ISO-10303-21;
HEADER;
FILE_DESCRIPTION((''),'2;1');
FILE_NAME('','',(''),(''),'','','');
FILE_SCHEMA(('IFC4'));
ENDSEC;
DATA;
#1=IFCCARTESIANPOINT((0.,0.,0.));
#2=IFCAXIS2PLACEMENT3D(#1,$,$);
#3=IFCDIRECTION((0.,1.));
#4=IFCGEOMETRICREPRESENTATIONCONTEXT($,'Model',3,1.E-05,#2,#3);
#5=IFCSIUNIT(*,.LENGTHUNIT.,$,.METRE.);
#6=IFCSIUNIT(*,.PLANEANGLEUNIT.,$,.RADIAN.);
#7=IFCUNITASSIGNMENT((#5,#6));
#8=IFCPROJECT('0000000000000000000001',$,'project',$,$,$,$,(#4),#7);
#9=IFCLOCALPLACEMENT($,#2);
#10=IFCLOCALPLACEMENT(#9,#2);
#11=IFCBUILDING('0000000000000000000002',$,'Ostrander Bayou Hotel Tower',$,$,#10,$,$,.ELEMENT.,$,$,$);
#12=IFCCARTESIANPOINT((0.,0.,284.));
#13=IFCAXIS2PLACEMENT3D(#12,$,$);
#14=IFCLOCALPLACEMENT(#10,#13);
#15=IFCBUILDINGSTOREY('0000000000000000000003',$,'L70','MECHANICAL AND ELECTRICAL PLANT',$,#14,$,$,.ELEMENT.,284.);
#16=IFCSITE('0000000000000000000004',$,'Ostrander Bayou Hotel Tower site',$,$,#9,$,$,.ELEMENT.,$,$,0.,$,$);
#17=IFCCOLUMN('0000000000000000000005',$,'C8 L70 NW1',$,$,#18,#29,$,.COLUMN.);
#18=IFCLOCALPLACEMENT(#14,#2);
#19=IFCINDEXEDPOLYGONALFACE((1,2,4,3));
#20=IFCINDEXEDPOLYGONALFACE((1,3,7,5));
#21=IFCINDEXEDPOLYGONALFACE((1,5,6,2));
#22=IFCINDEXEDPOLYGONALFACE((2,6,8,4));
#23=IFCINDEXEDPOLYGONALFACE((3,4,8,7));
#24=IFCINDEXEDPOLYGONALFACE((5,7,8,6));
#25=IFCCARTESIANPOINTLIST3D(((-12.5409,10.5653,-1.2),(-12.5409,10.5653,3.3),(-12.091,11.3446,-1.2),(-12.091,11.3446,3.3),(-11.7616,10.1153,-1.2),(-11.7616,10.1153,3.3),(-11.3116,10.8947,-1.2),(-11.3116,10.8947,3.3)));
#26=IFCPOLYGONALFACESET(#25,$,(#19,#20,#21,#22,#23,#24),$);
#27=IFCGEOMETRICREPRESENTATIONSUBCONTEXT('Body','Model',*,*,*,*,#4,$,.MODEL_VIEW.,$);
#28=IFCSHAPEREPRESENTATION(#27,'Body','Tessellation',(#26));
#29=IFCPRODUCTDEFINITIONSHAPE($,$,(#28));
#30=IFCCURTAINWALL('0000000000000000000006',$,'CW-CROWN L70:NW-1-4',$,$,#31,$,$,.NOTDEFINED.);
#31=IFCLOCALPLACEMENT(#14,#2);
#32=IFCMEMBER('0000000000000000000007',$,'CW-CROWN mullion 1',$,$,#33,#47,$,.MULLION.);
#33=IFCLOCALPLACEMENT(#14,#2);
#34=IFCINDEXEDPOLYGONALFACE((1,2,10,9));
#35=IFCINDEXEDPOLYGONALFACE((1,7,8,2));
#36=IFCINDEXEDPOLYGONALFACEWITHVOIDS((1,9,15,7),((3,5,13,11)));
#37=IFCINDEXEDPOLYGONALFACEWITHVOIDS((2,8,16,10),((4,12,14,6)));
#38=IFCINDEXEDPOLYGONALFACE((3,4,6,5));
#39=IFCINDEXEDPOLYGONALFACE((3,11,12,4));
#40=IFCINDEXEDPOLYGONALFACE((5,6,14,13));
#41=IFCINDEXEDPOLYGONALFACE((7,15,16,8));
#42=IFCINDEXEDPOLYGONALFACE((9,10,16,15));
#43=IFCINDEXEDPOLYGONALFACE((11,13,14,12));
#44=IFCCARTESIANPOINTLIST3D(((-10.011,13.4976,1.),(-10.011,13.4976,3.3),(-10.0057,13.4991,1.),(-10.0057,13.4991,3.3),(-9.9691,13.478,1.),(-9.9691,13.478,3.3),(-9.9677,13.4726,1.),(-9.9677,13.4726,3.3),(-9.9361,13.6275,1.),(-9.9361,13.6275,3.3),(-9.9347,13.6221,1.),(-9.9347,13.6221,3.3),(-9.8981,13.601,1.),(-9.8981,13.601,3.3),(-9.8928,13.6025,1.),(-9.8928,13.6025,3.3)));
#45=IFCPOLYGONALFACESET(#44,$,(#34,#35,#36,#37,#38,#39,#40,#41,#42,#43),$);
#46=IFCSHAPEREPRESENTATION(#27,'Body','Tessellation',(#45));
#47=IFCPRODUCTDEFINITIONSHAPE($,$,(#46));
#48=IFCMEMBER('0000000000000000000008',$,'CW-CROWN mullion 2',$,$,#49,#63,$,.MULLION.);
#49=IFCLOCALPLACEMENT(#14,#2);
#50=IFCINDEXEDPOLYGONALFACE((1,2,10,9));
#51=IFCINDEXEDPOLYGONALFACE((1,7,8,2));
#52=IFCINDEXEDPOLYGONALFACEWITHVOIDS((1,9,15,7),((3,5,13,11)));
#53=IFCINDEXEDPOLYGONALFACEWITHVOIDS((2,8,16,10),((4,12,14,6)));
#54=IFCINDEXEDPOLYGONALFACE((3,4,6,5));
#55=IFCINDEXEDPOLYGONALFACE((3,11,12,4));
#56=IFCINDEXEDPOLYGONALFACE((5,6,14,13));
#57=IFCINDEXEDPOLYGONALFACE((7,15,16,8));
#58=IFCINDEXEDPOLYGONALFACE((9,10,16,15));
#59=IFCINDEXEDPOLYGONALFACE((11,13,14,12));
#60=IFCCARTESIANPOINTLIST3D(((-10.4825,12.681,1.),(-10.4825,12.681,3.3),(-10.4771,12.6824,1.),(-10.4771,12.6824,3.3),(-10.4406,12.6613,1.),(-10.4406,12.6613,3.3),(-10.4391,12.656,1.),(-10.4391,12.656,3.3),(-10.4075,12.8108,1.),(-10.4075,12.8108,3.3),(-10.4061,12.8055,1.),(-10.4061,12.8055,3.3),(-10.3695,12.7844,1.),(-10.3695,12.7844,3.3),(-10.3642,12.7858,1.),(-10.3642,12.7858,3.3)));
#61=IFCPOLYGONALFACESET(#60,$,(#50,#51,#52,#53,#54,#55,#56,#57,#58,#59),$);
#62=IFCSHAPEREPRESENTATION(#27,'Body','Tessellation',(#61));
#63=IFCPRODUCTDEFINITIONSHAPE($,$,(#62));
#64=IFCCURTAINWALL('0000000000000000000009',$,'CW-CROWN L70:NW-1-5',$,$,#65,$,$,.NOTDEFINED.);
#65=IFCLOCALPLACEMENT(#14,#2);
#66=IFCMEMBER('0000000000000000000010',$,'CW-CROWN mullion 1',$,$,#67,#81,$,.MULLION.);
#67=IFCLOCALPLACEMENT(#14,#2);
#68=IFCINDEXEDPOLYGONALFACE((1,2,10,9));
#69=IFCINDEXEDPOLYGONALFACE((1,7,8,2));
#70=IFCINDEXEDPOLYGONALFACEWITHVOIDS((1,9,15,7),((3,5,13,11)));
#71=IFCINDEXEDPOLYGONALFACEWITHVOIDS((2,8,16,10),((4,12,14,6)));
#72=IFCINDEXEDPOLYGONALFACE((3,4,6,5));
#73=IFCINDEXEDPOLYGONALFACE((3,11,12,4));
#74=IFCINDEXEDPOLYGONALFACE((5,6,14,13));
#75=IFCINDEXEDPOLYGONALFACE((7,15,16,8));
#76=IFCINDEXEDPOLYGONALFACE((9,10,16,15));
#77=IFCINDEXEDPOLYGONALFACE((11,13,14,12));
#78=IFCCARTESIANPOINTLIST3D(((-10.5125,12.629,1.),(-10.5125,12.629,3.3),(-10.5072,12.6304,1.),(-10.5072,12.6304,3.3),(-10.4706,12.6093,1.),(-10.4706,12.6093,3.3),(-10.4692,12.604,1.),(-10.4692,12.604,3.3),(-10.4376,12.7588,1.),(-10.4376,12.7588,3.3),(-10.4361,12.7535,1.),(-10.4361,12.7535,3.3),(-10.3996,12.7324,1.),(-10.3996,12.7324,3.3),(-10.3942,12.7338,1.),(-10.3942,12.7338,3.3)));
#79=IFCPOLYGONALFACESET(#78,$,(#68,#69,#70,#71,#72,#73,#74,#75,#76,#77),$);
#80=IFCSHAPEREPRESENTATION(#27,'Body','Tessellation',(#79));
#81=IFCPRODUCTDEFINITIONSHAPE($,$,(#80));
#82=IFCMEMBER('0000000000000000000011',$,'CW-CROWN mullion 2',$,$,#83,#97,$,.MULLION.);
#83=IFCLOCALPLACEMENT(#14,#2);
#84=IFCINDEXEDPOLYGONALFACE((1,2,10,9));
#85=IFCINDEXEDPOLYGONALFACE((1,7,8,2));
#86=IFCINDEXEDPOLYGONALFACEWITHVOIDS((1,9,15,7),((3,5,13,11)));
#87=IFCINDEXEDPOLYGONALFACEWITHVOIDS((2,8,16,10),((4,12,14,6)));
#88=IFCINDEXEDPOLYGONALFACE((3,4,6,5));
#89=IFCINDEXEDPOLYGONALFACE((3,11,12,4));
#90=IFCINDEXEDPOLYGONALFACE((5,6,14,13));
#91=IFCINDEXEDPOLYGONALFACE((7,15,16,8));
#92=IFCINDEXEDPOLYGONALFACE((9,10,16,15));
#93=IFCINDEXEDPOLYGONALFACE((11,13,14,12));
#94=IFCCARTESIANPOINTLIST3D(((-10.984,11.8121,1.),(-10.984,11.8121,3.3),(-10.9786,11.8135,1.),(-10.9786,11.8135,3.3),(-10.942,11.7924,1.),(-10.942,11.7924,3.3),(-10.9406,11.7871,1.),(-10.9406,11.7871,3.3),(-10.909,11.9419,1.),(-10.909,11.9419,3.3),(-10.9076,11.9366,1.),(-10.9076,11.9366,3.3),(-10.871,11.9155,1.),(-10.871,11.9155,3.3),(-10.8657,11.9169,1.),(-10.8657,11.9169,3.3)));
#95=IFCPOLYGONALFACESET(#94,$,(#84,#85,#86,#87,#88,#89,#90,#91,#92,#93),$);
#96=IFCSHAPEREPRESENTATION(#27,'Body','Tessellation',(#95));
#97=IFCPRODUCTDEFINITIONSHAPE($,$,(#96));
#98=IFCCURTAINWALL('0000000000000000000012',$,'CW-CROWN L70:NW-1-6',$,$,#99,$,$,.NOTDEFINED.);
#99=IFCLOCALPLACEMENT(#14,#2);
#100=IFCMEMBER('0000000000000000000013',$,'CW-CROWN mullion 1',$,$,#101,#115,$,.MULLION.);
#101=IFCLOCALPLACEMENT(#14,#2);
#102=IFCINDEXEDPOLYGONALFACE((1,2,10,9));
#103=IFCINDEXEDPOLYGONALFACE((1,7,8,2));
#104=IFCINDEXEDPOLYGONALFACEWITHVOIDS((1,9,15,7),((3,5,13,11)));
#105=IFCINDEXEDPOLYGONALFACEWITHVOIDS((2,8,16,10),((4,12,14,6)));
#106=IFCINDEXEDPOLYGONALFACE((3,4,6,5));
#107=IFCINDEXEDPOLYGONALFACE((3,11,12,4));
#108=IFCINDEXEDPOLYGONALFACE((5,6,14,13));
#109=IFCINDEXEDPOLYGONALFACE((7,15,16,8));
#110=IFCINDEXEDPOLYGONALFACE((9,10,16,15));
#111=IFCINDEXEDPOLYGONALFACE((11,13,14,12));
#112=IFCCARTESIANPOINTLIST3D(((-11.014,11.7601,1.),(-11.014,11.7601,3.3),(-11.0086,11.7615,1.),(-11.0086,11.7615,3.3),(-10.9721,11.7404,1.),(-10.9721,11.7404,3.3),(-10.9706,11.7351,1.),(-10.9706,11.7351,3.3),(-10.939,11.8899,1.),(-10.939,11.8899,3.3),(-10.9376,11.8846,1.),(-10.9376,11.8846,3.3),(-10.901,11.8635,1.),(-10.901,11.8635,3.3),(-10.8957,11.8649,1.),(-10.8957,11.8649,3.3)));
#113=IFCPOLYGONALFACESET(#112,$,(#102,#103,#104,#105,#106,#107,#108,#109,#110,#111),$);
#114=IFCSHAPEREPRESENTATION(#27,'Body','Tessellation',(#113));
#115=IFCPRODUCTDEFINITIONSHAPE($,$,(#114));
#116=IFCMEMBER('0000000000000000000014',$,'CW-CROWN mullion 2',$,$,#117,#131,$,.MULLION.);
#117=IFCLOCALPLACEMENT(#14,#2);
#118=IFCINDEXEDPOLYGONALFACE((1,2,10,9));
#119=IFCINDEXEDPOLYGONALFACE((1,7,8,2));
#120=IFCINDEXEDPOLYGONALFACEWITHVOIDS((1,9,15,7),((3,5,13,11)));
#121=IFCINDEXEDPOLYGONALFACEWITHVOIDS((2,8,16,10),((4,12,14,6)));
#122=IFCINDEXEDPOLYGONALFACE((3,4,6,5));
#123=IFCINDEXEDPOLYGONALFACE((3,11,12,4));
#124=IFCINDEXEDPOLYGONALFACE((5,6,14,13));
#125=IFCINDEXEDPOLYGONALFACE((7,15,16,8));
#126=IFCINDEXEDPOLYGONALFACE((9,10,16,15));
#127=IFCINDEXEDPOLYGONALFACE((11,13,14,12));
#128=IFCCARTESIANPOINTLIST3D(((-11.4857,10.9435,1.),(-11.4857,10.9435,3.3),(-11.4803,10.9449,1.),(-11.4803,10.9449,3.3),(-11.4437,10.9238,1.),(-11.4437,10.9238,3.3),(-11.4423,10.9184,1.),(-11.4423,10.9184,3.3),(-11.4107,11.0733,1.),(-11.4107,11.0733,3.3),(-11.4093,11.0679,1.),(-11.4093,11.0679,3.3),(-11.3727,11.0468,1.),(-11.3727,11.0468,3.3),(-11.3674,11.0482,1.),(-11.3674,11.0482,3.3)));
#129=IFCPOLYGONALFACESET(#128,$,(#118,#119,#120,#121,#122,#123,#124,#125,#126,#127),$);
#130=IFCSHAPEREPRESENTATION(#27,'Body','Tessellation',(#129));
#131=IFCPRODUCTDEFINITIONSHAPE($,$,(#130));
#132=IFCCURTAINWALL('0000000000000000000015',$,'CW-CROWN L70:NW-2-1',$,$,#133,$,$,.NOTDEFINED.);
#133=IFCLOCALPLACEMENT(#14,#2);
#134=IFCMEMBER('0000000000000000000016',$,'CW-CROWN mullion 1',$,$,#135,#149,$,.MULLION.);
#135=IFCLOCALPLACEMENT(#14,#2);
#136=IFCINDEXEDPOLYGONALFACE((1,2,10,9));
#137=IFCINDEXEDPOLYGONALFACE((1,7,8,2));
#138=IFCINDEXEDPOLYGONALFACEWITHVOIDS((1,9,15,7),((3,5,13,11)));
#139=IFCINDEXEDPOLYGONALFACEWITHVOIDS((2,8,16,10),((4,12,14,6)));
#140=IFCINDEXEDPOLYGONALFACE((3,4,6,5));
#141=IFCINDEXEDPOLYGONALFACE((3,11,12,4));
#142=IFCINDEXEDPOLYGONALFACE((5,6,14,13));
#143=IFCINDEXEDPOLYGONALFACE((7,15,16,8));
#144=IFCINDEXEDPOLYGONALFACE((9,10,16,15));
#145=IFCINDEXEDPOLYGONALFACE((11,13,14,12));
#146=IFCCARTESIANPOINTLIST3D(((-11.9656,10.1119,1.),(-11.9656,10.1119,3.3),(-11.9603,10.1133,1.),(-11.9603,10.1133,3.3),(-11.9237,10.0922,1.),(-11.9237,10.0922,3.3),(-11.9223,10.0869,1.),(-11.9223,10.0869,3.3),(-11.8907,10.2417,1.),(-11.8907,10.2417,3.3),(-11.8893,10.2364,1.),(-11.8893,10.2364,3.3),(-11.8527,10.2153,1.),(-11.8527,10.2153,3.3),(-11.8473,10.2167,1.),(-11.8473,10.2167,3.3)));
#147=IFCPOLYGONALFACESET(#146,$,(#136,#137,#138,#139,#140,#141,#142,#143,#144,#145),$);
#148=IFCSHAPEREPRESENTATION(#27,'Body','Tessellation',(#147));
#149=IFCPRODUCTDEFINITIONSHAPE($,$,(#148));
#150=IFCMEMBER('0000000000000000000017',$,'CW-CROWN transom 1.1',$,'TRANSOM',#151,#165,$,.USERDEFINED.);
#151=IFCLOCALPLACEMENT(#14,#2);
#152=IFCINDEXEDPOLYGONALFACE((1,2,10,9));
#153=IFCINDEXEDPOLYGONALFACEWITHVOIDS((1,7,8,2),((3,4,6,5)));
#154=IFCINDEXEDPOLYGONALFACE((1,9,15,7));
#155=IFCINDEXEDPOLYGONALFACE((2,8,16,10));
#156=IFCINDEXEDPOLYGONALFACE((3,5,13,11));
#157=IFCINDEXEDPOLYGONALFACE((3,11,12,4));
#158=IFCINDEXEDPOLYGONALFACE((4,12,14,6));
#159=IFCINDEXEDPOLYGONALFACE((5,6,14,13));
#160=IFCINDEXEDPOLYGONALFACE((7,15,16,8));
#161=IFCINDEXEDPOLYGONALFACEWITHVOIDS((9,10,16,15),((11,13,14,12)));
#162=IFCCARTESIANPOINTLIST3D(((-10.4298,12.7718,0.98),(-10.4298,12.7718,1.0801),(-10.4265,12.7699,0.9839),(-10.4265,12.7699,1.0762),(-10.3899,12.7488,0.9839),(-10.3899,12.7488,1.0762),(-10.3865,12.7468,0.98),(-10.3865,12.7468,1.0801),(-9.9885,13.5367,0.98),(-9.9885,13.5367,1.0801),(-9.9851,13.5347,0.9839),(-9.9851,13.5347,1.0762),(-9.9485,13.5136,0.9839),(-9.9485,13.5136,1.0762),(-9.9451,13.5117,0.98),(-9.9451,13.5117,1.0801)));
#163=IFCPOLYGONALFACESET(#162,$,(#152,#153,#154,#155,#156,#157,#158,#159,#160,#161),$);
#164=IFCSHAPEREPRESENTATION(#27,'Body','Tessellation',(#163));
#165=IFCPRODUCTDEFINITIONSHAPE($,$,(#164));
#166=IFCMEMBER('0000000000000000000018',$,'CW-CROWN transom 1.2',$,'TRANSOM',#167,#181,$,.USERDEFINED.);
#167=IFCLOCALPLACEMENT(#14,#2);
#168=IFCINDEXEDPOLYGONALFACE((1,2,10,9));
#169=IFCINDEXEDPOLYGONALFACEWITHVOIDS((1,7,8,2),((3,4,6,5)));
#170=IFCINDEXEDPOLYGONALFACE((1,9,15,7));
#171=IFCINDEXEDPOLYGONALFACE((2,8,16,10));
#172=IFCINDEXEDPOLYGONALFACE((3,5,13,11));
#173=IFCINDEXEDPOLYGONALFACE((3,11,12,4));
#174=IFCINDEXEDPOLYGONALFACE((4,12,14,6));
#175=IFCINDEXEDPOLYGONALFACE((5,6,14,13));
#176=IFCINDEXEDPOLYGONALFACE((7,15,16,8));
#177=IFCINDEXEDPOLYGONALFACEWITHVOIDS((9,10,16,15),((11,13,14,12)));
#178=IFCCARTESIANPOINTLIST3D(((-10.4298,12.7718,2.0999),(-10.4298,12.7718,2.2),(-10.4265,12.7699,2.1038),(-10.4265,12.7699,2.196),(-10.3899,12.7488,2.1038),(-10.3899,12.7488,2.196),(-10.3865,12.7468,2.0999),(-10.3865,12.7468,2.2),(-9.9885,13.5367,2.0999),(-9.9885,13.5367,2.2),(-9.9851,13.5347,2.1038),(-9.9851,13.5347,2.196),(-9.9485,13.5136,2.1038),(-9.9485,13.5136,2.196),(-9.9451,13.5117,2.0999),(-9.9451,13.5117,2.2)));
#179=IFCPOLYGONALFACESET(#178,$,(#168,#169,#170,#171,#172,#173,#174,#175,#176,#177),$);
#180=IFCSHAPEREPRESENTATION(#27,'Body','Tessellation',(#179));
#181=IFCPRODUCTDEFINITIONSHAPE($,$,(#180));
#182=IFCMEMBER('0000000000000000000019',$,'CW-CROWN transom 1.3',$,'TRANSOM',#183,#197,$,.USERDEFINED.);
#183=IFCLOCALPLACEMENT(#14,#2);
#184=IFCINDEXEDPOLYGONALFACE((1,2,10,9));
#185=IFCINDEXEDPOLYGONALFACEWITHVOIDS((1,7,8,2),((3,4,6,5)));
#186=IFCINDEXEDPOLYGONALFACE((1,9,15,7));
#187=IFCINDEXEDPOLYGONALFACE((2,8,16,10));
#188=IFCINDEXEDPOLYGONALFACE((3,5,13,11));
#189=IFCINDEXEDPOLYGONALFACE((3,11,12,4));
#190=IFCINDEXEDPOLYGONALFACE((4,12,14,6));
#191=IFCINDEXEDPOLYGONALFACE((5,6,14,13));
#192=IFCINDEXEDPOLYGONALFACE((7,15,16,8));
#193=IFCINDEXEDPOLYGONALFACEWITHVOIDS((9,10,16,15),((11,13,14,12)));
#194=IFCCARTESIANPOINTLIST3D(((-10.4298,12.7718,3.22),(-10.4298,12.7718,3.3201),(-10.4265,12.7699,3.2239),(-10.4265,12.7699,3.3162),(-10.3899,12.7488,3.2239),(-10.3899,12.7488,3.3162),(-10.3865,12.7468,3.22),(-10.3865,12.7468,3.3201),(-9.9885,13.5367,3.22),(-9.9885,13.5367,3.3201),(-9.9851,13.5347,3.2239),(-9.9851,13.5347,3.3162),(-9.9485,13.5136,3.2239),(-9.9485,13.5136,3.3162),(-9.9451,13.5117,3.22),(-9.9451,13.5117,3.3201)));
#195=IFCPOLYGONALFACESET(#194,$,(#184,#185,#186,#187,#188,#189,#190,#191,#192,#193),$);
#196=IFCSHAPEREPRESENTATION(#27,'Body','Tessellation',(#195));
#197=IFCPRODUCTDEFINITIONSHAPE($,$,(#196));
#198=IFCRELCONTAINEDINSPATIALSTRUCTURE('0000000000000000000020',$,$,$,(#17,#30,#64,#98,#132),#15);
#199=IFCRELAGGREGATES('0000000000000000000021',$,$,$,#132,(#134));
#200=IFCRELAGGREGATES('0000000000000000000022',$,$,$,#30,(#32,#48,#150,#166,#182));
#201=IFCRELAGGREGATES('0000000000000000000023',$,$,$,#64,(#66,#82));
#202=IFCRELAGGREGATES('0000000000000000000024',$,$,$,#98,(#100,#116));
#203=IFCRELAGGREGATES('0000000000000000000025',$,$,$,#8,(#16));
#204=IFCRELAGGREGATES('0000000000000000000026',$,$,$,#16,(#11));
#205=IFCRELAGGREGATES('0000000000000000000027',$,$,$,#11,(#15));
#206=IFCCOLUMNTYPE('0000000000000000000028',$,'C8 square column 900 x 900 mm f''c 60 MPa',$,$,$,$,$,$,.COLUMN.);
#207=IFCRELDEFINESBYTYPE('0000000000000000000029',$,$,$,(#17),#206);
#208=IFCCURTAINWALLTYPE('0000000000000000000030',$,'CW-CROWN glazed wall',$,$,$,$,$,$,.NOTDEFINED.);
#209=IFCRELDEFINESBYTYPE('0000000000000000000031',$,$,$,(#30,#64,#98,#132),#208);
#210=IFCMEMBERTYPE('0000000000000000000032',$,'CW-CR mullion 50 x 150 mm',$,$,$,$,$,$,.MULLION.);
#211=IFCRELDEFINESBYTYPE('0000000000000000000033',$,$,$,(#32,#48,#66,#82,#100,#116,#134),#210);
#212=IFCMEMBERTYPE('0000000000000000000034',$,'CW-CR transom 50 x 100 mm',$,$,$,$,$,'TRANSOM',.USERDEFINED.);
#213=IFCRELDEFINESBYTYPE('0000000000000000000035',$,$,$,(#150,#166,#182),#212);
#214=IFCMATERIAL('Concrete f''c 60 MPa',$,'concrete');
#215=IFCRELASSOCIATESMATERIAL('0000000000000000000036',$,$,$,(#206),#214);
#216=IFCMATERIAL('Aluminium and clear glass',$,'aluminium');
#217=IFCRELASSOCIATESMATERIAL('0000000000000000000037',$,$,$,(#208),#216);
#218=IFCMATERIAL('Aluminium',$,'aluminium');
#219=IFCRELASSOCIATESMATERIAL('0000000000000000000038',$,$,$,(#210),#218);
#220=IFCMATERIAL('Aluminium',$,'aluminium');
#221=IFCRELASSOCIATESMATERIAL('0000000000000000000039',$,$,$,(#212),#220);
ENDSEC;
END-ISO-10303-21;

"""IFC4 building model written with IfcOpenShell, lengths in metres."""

from ifc_helpers import new_model, si_unit, direction, frame, origin, origin_2d, place, context, subcontext, project, spatial, rectangle, hollow_rectangle, extrude, material, material_profile, profile_set, type_object, element, aggregate, save


model = new_model("IFC4")

# Units and contexts
model_context = context("Model", 3, precision=1e-05, world=origin(), true_north=direction((0.0, 1.0)))
body_context = subcontext(model_context, "Body", "Model", "MODEL_VIEW")
ifc_project = project(units=[si_unit("LENGTHUNIT", "METRE"), si_unit("PLANEANGLEUNIT", "RADIAN")], contexts=[model_context])

# Site, building, storey
site_placement = place(None, origin())
site = spatial("IfcSite", under=ifc_project, at=site_placement, Name="Ostrander Bayou Hotel Tower site", CompositionType="ELEMENT", RefElevation=0.0)
building_placement = place(site_placement, origin())
building = spatial("IfcBuilding", under=site, at=building_placement, Name="Ostrander Bayou Hotel Tower", CompositionType="ELEMENT")
storey_placement = place(building_placement, frame((0.0, 0.0, 284.0)))
storey = spatial("IfcBuildingStorey", under=building, at=storey_placement, Name="L70", Description="MECHANICAL AND ELECTRICAL PLANT", CompositionType="ELEMENT", Elevation=284.0)

# Column
ifc_material_1 = material(Name="Concrete f'c 60 MPa", Category="concrete")
ifc_material_profile_1 = material_profile(ifc_material_1, rectangle(XDim=0.8999, YDim=0.8999, at=origin_2d()))
ifc_profile_set_1 = profile_set([ifc_material_profile_1], Name="Concrete f'c 60 MPa")
column_type = type_object("IfcColumnType", Name="C8 square column 900 x 900 mm f'c 60 MPa", PredefinedType="COLUMN", material=ifc_profile_set_1)
column_placement = place(storey_placement, frame((-11.9263, 10.73, -1.2), z_axis=(0.0, 0.0, 1.0), x_axis=(0.5, 0.866025, 0.0)))
element("IfcColumn", 1, at=column_placement, inside=storey, type_object=column_type, Name="C8 L70 NW1", PredefinedType="COLUMN", context=body_context, shape_type="SweptSolid", body=[
    extrude(rectangle(XDim=0.8999, YDim=0.8999, at=origin_2d()), origin(), (0.0, 0.0, 1.0), 4.5),
])

# Curtain walls, members
ifc_material_2 = material(Name="Aluminium and clear glass", Category="aluminium")
curtain_wall_type = type_object("IfcCurtainWallType", Name="CW-CROWN glazed wall", PredefinedType="NOTDEFINED", material=ifc_material_2)
curtain_wall_1_placement = place(storey_placement, origin())
curtain_wall_1 = element("IfcCurtainWall", 2, at=curtain_wall_1_placement, inside=storey, type_object=curtain_wall_type, Name="CW-CROWN L70:NW-1-4", PredefinedType="NOTDEFINED")
ifc_material_3 = material(Name="Aluminium", Category="aluminium")
ifc_material_profile_2 = material_profile(ifc_material_3, hollow_rectangle(XDim=0.05, YDim=0.1499, WallThickness=0.0039, at=origin_2d()))
ifc_profile_set_2 = profile_set([ifc_material_profile_2], Name="Aluminium")
member_type_1 = type_object("IfcMemberType", Name="CW-CR mullion 50 x 150 mm", PredefinedType="MULLION", material=ifc_profile_set_2)
member_1_placement = place(storey_placement, frame((-9.9519, 13.55, 1.0), z_axis=(0.0, 0.0, 1.0), x_axis=(0.866069, -0.499924, 0.0)))
member_1 = element("IfcMember", 3, at=member_1_placement, type_object=member_type_1, Name="CW-CROWN mullion 1", PredefinedType="MULLION", context=body_context, shape_type="SweptSolid", body=[
    extrude(hollow_rectangle(XDim=0.05, YDim=0.1499, WallThickness=0.0039, at=origin_2d()), origin(), (0.0, 0.0, 1.0), 2.3),
])
member_2_placement = place(storey_placement, frame((-10.4233, 12.7334, 1.0), z_axis=(0.0, 0.0, 1.0), x_axis=(0.866069, -0.499924, 0.0)))
member_2 = element("IfcMember", 4, at=member_2_placement, type_object=member_type_1, Name="CW-CROWN mullion 2", PredefinedType="MULLION", context=body_context, shape_type="SweptSolid", body=[
    extrude(hollow_rectangle(XDim=0.05, YDim=0.1499, WallThickness=0.0039, at=origin_2d()), origin(), (0.0, 0.0, 1.0), 2.3),
])
curtain_wall_2_placement = place(storey_placement, origin())
curtain_wall_2 = element("IfcCurtainWall", 5, at=curtain_wall_2_placement, inside=storey, type_object=curtain_wall_type, Name="CW-CROWN L70:NW-1-5", PredefinedType="NOTDEFINED")
member_3_placement = place(storey_placement, frame((-10.4534, 12.6814, 1.0), z_axis=(0.0, 0.0, 1.0), x_axis=(0.866001, -0.500042, 0.0)))
member_3 = element("IfcMember", 6, at=member_3_placement, type_object=member_type_1, Name="CW-CROWN mullion 1", PredefinedType="MULLION", context=body_context, shape_type="SweptSolid", body=[
    extrude(hollow_rectangle(XDim=0.05, YDim=0.1499, WallThickness=0.0039, at=origin_2d()), origin(), (0.0, 0.0, 1.0), 2.3),
])
member_4_placement = place(storey_placement, frame((-10.9248, 11.8645, 1.0), z_axis=(0.0, 0.0, 1.0), x_axis=(0.866001, -0.500042, 0.0)))
member_4 = element("IfcMember", 7, at=member_4_placement, type_object=member_type_1, Name="CW-CROWN mullion 2", PredefinedType="MULLION", context=body_context, shape_type="SweptSolid", body=[
    extrude(hollow_rectangle(XDim=0.05, YDim=0.1499, WallThickness=0.0039, at=origin_2d()), origin(), (0.0, 0.0, 1.0), 2.3),
])
curtain_wall_3_placement = place(storey_placement, origin())
curtain_wall_3 = element("IfcCurtainWall", 8, at=curtain_wall_3_placement, inside=storey, type_object=curtain_wall_type, Name="CW-CROWN L70:NW-1-6", PredefinedType="NOTDEFINED")
member_5_placement = place(storey_placement, frame((-10.9548, 11.8125, 1.0), z_axis=(0.0, 0.0, 1.0), x_axis=(0.866026, -0.499999, 0.0)))
member_5 = element("IfcMember", 9, at=member_5_placement, type_object=member_type_1, Name="CW-CROWN mullion 1", PredefinedType="MULLION", context=body_context, shape_type="SweptSolid", body=[
    extrude(hollow_rectangle(XDim=0.05, YDim=0.1499, WallThickness=0.0039, at=origin_2d()), origin(), (0.0, 0.0, 1.0), 2.3),
])
member_6_placement = place(storey_placement, frame((-11.4265, 10.9958, 1.0), z_axis=(0.0, 0.0, 1.0), x_axis=(0.866026, -0.499999, 0.0)))
member_6 = element("IfcMember", 10, at=member_6_placement, type_object=member_type_1, Name="CW-CROWN mullion 2", PredefinedType="MULLION", context=body_context, shape_type="SweptSolid", body=[
    extrude(hollow_rectangle(XDim=0.05, YDim=0.1499, WallThickness=0.0039, at=origin_2d()), origin(), (0.0, 0.0, 1.0), 2.3),
])

# Curtain wall, member
curtain_wall_4_placement = place(storey_placement, origin())
curtain_wall_4 = element("IfcCurtainWall", 11, at=curtain_wall_4_placement, inside=storey, type_object=curtain_wall_type, Name="CW-CROWN L70:NW-2-1", PredefinedType="NOTDEFINED")
member_7_placement = place(storey_placement, frame((-11.9065, 10.1643, 1.0), z_axis=(0.0, 0.0, 1.0), x_axis=(0.866022, -0.500005, 0.0)))
member_7 = element("IfcMember", 12, at=member_7_placement, type_object=member_type_1, Name="CW-CROWN mullion 1", PredefinedType="MULLION", context=body_context, shape_type="SweptSolid", body=[
    extrude(hollow_rectangle(XDim=0.05, YDim=0.1499, WallThickness=0.0039, at=origin_2d()), origin(), (0.0, 0.0, 1.0), 2.3),
])
aggregate(curtain_wall_4, [member_7])

# Members
ifc_material_4 = material(Name="Aluminium", Category="aluminium")
ifc_material_profile_3 = material_profile(ifc_material_4, hollow_rectangle(XDim=0.05, YDim=0.1001, WallThickness=0.0039, at=origin_2d()))
ifc_profile_set_3 = profile_set([ifc_material_profile_3], Name="Aluminium")
member_type_2 = type_object("IfcMemberType", Name="CW-CR transom 50 x 100 mm", ElementType="TRANSOM", PredefinedType="USERDEFINED", material=ifc_profile_set_3)
member_8_placement = place(storey_placement, frame((-9.9668, 13.5242, 1.03), z_axis=(-0.499826, -0.866126, 0.0), x_axis=(0.866126, -0.499826, 0.0)))
member_8 = element("IfcMember", 13, at=member_8_placement, type_object=member_type_2, Name="CW-CROWN transom 1.1", ObjectType="TRANSOM", PredefinedType="USERDEFINED", context=body_context, shape_type="SweptSolid", body=[
    extrude(hollow_rectangle(XDim=0.05, YDim=0.1001, WallThickness=0.0039, at=origin_2d()), origin(), (0.0, 0.0, 1.0), 0.8831),
])
member_9_placement = place(storey_placement, frame((-9.9668, 13.5242, 2.1499), z_axis=(-0.499826, -0.866126, 0.0), x_axis=(0.866126, -0.499826, 0.0)))
member_9 = element("IfcMember", 14, at=member_9_placement, type_object=member_type_2, Name="CW-CROWN transom 1.2", ObjectType="TRANSOM", PredefinedType="USERDEFINED", context=body_context, shape_type="SweptSolid", body=[
    extrude(hollow_rectangle(XDim=0.05, YDim=0.1001, WallThickness=0.0039, at=origin_2d()), origin(), (0.0, 0.0, 1.0), 0.8831),
])
member_10_placement = place(storey_placement, frame((-9.9668, 13.5242, 3.27), z_axis=(-0.499826, -0.866126, 0.0), x_axis=(0.866126, -0.499826, 0.0)))
member_10 = element("IfcMember", 15, at=member_10_placement, type_object=member_type_2, Name="CW-CROWN transom 1.3", ObjectType="TRANSOM", PredefinedType="USERDEFINED", context=body_context, shape_type="SweptSolid", body=[
    extrude(hollow_rectangle(XDim=0.05, YDim=0.1001, WallThickness=0.0039, at=origin_2d()), origin(), (0.0, 0.0, 1.0), 0.8831),
])

aggregate(curtain_wall_1, [member_1, member_2, member_8, member_9, member_10])
aggregate(curtain_wall_2, [member_3, member_4])
aggregate(curtain_wall_3, [member_5, member_6])

save(model, "model.ifc")
